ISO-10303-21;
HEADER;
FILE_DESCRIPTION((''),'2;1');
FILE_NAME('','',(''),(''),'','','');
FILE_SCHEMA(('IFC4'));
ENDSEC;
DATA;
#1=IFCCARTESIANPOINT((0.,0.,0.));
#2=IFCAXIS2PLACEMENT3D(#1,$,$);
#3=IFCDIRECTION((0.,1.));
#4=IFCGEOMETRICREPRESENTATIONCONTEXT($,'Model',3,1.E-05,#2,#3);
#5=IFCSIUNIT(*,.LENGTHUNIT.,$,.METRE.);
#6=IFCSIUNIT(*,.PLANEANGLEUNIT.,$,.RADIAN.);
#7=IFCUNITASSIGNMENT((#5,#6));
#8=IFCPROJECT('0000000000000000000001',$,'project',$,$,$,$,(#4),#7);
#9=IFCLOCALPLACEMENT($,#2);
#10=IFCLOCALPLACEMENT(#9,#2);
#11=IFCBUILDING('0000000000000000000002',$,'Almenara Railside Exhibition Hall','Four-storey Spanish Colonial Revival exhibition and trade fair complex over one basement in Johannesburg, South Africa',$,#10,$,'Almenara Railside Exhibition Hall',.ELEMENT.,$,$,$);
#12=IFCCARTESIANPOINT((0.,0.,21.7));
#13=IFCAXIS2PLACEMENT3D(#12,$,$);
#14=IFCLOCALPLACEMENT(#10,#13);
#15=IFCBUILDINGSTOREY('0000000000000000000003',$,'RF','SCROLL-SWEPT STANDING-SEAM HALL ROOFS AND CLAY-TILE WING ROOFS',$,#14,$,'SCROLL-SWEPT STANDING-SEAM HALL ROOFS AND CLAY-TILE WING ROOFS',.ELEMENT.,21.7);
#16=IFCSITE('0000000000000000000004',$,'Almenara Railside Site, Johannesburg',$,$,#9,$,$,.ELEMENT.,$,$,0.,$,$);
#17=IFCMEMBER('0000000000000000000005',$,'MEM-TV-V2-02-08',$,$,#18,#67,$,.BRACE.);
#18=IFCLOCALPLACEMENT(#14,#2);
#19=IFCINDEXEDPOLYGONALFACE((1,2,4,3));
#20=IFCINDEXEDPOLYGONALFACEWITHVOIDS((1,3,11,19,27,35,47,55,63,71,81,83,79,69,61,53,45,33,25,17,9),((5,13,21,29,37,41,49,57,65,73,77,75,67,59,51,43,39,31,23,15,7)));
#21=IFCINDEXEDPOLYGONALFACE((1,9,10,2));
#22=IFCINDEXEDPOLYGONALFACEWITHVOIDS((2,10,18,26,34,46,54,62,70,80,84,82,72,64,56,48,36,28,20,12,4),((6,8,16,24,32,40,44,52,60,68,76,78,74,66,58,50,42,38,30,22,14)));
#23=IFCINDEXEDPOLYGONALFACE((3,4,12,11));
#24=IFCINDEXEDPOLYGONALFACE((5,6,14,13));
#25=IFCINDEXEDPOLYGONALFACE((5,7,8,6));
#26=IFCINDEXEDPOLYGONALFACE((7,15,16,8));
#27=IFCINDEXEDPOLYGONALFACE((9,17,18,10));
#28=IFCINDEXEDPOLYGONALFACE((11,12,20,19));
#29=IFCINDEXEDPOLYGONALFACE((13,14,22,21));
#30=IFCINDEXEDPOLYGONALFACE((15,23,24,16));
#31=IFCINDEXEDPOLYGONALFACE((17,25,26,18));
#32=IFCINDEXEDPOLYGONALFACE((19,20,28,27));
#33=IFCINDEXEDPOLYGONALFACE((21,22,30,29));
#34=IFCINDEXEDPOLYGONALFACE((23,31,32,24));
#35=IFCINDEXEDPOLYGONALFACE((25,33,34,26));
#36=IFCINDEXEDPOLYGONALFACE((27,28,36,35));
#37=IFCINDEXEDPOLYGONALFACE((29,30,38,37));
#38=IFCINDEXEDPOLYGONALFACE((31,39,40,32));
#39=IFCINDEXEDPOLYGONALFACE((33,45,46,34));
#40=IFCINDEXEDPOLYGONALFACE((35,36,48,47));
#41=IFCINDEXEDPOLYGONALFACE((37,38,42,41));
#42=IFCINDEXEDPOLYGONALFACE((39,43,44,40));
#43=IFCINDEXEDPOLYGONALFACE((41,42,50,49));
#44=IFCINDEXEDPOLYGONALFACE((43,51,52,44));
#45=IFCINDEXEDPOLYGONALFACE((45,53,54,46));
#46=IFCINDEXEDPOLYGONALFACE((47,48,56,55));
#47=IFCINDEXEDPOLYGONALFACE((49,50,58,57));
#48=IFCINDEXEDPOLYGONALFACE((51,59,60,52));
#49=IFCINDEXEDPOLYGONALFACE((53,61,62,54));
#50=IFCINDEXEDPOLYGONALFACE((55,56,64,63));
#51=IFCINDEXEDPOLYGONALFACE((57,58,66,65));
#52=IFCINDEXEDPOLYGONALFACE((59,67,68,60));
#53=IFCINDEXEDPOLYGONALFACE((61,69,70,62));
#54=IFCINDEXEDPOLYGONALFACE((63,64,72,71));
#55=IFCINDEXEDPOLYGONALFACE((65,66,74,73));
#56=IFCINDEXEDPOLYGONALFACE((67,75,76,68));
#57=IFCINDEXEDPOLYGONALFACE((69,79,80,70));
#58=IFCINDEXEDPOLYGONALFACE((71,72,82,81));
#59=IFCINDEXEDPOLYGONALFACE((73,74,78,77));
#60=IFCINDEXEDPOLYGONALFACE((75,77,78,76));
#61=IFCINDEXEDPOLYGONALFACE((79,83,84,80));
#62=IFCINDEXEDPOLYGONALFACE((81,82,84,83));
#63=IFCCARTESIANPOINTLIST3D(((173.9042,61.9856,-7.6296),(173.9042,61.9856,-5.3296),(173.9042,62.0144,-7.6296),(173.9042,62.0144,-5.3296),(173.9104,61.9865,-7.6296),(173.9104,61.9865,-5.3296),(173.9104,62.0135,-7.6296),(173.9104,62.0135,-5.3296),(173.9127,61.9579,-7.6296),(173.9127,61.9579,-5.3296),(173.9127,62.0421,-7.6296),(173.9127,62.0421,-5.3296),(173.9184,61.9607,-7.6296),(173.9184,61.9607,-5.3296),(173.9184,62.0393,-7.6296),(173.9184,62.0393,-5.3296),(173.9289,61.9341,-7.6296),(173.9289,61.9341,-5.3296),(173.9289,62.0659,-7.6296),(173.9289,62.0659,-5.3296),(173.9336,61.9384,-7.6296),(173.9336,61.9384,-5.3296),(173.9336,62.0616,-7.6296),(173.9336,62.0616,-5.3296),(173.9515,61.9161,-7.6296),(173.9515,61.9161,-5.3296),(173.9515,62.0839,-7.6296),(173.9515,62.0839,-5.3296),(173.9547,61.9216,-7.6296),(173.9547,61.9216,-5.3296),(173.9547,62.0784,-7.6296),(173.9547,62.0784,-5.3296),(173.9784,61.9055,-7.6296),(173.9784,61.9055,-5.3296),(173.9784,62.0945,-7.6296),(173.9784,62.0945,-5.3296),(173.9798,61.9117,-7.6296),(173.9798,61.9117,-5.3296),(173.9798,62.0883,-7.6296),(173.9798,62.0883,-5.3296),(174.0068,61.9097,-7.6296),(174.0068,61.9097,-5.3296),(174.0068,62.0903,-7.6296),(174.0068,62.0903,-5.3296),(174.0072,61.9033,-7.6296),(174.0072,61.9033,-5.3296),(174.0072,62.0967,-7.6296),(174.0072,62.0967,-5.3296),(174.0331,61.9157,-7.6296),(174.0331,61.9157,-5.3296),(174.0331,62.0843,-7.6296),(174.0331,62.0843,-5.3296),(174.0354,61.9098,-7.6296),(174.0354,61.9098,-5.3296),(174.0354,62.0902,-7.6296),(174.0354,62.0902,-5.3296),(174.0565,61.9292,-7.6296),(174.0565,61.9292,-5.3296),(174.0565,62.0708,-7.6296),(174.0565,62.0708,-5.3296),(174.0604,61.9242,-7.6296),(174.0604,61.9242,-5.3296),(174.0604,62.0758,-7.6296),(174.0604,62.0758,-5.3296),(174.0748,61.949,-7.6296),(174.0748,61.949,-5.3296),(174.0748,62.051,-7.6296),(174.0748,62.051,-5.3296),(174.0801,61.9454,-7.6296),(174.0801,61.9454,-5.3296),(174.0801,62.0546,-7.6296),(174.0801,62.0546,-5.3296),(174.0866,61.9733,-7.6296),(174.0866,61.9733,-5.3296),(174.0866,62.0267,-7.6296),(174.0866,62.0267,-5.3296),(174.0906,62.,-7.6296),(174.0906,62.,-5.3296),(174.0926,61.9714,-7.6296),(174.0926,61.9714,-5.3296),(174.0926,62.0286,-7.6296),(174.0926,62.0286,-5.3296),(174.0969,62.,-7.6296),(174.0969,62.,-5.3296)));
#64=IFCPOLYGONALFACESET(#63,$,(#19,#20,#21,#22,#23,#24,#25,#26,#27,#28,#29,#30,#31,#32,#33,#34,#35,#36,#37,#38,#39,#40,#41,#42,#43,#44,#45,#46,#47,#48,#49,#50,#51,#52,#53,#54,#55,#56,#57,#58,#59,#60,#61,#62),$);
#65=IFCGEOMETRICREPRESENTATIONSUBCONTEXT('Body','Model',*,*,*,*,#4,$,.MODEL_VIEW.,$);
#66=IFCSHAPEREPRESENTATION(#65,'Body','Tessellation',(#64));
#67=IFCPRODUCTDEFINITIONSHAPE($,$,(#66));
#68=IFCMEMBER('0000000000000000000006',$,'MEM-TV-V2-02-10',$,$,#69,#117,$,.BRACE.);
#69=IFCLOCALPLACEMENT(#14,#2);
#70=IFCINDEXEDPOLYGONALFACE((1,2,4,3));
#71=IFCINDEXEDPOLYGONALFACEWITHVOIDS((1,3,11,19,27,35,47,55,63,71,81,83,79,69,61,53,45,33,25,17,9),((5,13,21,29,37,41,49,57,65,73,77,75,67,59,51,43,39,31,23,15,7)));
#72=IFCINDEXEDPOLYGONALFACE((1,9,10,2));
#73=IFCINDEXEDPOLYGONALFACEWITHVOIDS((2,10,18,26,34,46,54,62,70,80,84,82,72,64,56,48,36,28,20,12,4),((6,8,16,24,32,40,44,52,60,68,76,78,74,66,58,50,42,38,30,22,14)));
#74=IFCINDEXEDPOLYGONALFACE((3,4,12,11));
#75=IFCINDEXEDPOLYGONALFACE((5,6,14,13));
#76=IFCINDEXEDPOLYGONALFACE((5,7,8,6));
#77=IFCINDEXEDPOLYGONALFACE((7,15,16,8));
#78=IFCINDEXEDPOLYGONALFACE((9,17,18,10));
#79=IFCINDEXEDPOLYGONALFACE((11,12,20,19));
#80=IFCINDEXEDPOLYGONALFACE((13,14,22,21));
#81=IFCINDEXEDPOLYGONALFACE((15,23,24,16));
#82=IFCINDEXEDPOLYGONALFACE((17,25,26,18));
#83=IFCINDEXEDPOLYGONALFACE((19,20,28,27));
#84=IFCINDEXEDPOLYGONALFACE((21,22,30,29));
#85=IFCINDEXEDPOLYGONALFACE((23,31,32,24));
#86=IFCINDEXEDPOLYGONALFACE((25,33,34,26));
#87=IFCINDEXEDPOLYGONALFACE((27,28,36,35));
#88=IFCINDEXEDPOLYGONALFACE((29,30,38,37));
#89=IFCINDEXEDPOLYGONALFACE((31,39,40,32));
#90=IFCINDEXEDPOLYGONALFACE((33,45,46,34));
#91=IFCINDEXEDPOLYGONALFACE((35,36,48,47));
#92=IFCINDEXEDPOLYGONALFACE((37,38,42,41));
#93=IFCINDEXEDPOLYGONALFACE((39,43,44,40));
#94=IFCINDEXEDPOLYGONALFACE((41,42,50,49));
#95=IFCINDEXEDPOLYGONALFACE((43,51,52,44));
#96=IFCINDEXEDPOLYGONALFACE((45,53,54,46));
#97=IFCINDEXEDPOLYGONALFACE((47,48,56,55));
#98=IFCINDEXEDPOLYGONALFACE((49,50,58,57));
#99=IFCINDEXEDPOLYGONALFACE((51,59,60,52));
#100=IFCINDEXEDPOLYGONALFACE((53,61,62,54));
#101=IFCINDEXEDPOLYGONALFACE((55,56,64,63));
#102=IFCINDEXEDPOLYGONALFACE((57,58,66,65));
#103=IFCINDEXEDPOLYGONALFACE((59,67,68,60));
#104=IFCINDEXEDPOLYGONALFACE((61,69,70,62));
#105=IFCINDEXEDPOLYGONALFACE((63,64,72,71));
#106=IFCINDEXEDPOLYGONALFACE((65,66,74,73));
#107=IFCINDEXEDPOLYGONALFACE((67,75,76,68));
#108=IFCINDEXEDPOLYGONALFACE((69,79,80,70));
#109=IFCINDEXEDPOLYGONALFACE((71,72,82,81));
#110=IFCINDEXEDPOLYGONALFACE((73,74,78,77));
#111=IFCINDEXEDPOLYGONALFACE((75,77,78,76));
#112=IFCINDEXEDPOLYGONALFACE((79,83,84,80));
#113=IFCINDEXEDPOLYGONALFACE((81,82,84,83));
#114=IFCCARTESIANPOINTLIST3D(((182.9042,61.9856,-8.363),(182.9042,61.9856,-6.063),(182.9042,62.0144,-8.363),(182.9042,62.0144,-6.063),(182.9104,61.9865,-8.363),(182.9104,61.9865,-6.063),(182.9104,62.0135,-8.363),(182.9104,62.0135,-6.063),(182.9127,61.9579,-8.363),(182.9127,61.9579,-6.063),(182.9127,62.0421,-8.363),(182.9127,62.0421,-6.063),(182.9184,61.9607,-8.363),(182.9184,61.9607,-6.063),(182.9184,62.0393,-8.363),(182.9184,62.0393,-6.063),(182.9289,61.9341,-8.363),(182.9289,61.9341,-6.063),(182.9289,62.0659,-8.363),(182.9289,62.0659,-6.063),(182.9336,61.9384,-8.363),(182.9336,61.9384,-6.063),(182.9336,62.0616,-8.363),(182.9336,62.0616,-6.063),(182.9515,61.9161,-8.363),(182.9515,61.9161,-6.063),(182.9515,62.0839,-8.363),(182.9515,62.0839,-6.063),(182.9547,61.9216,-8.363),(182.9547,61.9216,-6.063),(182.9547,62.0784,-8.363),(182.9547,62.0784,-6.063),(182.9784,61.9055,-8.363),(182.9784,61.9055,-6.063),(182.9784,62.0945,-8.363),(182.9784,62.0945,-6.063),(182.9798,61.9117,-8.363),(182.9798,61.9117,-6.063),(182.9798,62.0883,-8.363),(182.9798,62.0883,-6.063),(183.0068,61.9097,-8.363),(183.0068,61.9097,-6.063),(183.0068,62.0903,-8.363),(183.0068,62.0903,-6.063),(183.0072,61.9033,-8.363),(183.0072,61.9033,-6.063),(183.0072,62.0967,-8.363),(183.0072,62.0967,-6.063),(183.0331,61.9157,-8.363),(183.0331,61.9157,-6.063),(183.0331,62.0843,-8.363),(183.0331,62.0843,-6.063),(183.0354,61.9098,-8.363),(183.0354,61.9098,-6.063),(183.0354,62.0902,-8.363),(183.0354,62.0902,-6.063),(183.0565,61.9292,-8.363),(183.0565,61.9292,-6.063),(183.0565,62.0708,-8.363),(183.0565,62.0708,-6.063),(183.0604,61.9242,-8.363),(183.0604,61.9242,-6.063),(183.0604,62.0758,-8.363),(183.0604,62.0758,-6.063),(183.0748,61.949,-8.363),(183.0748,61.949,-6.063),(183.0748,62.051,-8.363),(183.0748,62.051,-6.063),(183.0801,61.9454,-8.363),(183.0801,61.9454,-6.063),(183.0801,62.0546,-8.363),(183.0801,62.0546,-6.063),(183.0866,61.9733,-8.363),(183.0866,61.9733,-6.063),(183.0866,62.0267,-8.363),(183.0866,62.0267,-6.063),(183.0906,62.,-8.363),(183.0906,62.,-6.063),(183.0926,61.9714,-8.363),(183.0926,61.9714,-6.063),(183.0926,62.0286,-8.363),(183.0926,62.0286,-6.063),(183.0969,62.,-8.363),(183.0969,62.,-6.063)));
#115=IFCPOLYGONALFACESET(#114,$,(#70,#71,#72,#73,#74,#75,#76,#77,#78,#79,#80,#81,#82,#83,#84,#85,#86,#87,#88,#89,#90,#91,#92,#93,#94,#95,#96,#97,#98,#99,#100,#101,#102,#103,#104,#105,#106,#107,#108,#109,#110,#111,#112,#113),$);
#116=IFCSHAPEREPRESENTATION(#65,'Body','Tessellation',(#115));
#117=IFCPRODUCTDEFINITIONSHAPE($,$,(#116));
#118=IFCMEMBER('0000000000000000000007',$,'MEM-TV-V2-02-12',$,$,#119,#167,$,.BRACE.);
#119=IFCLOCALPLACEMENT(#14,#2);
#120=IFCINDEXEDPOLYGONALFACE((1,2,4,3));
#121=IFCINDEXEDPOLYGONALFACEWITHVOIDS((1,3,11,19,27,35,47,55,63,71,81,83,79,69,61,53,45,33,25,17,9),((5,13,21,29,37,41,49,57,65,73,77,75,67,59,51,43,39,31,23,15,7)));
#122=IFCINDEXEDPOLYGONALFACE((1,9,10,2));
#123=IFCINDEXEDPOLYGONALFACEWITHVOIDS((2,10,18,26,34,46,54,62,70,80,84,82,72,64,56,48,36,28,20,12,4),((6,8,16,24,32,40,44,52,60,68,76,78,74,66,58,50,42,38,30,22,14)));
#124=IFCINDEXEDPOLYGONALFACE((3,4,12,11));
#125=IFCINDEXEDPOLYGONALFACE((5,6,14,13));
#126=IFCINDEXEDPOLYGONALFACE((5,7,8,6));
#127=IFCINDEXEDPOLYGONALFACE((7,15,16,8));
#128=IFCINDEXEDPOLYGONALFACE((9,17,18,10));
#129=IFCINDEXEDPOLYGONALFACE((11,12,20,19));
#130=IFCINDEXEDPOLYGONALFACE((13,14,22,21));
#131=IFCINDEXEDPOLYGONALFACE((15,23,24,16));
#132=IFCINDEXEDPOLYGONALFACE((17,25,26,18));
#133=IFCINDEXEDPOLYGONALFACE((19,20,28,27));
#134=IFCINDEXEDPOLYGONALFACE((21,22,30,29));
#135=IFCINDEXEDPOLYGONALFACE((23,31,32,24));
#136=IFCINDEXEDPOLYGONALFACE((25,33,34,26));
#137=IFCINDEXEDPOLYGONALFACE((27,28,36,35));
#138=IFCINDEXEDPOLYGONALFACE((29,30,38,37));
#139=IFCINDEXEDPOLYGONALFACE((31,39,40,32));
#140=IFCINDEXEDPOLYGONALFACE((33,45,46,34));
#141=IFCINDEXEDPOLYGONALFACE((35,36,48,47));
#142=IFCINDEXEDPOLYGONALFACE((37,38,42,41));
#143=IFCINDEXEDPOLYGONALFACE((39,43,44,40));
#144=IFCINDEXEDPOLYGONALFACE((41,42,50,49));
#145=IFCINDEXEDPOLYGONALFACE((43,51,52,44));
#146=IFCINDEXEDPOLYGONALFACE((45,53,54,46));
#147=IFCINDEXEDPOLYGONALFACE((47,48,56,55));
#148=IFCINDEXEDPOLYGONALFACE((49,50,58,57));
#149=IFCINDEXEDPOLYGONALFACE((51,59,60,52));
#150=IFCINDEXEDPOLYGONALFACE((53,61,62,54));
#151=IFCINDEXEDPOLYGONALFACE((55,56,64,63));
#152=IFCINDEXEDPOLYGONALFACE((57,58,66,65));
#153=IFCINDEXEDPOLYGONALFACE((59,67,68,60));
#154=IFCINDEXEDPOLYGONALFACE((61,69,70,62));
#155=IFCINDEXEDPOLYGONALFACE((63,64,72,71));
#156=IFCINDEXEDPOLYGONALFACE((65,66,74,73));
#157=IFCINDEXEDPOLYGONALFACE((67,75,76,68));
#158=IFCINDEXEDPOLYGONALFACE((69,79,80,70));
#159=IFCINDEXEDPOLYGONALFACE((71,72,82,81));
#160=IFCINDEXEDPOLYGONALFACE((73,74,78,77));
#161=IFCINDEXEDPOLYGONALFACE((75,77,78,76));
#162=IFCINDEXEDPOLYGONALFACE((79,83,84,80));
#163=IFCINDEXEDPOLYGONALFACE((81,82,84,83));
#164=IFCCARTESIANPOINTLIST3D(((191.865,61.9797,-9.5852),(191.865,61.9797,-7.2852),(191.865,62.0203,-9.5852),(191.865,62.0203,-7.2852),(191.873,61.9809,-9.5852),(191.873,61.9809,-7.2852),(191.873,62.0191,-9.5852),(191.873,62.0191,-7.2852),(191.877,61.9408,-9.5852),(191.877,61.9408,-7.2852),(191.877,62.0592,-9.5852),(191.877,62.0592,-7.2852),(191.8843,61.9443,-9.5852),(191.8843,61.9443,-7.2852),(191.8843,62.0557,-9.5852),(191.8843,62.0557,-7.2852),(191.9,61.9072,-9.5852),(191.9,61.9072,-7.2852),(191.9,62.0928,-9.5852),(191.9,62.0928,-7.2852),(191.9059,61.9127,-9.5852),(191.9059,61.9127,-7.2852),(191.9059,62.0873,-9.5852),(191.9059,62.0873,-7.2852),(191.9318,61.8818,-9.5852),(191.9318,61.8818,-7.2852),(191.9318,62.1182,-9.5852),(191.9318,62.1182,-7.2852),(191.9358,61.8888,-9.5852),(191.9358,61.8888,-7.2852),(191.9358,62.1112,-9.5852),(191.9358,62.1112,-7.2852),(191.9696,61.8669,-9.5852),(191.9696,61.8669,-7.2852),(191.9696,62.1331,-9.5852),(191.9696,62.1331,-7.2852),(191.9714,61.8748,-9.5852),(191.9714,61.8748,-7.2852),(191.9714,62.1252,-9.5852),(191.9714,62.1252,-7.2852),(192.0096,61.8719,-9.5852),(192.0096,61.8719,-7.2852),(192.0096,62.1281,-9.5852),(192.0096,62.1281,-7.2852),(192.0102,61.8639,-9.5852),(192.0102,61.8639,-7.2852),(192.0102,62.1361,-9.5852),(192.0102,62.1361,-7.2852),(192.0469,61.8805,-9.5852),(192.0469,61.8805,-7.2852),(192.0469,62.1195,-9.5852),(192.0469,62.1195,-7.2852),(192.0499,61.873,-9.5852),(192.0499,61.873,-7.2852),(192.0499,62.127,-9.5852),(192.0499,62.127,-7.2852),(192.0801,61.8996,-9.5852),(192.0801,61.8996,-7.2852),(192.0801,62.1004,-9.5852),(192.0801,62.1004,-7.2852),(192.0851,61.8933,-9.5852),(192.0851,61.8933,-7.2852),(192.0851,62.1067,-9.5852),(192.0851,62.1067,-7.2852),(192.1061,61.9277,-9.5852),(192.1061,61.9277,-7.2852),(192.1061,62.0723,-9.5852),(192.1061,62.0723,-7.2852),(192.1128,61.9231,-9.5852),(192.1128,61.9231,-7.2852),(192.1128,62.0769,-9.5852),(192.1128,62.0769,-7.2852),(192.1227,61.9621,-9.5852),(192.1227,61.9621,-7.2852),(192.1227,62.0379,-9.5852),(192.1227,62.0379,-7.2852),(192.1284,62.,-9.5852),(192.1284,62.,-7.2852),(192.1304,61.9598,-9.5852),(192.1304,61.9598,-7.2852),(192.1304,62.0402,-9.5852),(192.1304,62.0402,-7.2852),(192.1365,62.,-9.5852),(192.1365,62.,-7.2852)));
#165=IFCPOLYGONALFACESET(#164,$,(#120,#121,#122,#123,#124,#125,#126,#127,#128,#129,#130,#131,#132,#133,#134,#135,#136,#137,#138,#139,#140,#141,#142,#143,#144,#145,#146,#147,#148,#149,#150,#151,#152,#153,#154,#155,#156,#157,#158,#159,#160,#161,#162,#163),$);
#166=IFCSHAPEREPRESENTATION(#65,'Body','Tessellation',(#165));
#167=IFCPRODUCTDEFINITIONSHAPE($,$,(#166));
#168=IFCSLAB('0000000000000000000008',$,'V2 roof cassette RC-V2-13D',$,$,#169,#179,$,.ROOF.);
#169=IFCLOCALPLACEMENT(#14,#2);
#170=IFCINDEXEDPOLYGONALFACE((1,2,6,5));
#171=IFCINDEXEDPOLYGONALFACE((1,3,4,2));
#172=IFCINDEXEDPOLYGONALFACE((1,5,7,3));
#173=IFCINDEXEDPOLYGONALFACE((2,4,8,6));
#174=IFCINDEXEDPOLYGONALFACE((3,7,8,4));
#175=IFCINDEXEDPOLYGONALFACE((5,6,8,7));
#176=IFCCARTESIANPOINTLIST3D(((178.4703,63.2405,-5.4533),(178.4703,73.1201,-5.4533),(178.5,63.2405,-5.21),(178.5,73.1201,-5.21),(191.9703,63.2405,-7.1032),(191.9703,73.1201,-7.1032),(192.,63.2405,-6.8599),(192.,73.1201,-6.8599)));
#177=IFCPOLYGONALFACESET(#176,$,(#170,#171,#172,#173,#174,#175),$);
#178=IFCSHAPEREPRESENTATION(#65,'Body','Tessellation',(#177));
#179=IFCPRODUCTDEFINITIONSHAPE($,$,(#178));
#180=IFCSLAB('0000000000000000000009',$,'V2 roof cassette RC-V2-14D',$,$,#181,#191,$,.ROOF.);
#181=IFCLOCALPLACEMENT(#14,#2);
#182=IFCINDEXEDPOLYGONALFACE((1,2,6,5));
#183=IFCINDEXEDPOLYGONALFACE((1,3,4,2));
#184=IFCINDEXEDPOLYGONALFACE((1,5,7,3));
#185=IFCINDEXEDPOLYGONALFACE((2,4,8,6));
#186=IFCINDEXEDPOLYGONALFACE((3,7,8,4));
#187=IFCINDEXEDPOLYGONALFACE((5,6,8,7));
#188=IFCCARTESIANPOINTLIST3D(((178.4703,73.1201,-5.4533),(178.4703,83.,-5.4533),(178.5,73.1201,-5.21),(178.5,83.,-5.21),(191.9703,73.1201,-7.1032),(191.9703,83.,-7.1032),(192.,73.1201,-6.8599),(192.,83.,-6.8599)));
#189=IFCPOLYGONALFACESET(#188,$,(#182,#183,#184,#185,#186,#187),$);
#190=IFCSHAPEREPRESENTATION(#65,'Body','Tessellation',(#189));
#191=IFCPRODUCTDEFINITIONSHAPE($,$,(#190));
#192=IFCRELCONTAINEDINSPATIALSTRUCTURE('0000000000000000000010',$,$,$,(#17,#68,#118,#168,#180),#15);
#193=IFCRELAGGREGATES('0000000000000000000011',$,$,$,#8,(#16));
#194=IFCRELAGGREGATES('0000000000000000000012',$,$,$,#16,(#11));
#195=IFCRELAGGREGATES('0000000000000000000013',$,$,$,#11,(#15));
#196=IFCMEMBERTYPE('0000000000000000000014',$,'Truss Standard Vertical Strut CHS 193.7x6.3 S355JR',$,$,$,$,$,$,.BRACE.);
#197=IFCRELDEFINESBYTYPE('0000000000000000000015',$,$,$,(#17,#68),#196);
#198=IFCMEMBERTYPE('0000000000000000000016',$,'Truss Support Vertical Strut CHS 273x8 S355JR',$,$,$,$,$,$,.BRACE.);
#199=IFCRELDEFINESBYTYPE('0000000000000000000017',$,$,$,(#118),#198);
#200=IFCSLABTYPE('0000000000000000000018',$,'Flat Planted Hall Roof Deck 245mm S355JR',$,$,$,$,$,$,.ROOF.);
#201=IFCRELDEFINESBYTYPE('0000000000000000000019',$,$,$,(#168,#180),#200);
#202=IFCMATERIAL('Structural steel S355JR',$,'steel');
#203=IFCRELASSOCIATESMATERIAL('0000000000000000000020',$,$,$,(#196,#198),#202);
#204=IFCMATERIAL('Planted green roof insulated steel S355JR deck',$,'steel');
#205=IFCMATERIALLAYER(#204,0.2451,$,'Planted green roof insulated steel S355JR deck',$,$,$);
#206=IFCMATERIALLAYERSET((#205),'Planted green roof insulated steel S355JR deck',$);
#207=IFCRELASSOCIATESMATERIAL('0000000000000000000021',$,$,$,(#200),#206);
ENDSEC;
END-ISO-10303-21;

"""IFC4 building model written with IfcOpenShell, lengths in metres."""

from ifc_helpers import new_model, si_unit, direction, frame, origin, origin_2d, place, context, subcontext, project, spatial, polyline, hollow_circle, outline, extrude, material, layer, layer_set, material_profile, profile_set, type_object, element, save


model = new_model("IFC4")

# Units and contexts
model_context = context("Model", 3, precision=1e-05, world=origin(), true_north=direction((0.0, 1.0)))
body_context = subcontext(model_context, "Body", "Model", "MODEL_VIEW")
ifc_project = project(units=[si_unit("LENGTHUNIT", "METRE"), si_unit("PLANEANGLEUNIT", "RADIAN")], contexts=[model_context])

# Site, building, storey
site_placement = place(None, origin())
site = spatial("IfcSite", under=ifc_project, at=site_placement, Name="Almenara Railside Site, Johannesburg", CompositionType="ELEMENT", RefElevation=0.0)
building_placement = place(site_placement, origin())
building = spatial("IfcBuilding", under=site, at=building_placement, Name="Almenara Railside Exhibition Hall", Description="Four-storey Spanish Colonial Revival exhibition and trade fair complex over one basement in Johannesburg, South Africa", LongName="Almenara Railside Exhibition Hall", CompositionType="ELEMENT")
storey_placement = place(building_placement, frame((0.0, 0.0, 21.7)))
storey = spatial("IfcBuildingStorey", under=building, at=storey_placement, Name="RF", Description="SCROLL-SWEPT STANDING-SEAM HALL ROOFS AND CLAY-TILE WING ROOFS", LongName="SCROLL-SWEPT STANDING-SEAM HALL ROOFS AND CLAY-TILE WING ROOFS", CompositionType="ELEMENT", Elevation=21.7)

# Shared definitions
ifc_material_1 = material(Name="Structural steel S355JR", Category="steel")

# Members
ifc_material_profile_1 = material_profile(ifc_material_1, hollow_circle(Radius=0.0969, WallThickness=0.0063, at=origin_2d()), Name="CHS 193.7x6.3")
ifc_profile_set_1 = profile_set([ifc_material_profile_1], Name="Structural steel S355JR")
member_type_1 = type_object("IfcMemberType", Name="Truss Standard Vertical Strut CHS 193.7x6.3 S355JR", PredefinedType="BRACE", material=ifc_profile_set_1)
for number, where, z_axis, x_axis, name in (
    (1, (174.0, 62.0, -7.6296), (0.0, 0.0, 1.0), (1.0, 0.0, 0.0), "MEM-TV-V2-02-08"),
    (2, (183.0, 62.0, -8.363), (0.0, 0.0, 1.0), (1.0, 0.0, 0.0), "MEM-TV-V2-02-10"),
):
    element("IfcMember", number, at=place(storey_placement, frame(where, z_axis=z_axis, x_axis=x_axis)), inside=storey, type_object=member_type_1, Name=name, PredefinedType="BRACE", context=body_context, shape_type="SweptSolid", body=[
        extrude(hollow_circle(Radius=0.0969, WallThickness=0.0063, at=origin_2d()), origin(), (0.0, 0.0, 1.0), 2.3),
    ])
ifc_material_profile_2 = material_profile(ifc_material_1, hollow_circle(Radius=0.1365, WallThickness=0.0081, at=origin_2d()), Name="CHS 273x8")
ifc_profile_set_2 = profile_set([ifc_material_profile_2], Name="Structural steel S355JR")
member_type_2 = type_object("IfcMemberType", Name="Truss Support Vertical Strut CHS 273x8 S355JR", PredefinedType="BRACE", material=ifc_profile_set_2)
member_1_placement = place(storey_placement, frame((192.0, 62.0, -9.5852), z_axis=(0.0, 0.0, 1.0), x_axis=(1.0, 0.0, 0.0)))
element("IfcMember", 3, at=member_1_placement, inside=storey, type_object=member_type_2, Name="MEM-TV-V2-02-12", PredefinedType="BRACE", context=body_context, shape_type="SweptSolid", body=[
    extrude(hollow_circle(Radius=0.1365, WallThickness=0.0081, at=origin_2d()), origin(), (0.0, 0.0, 1.0), 2.3),
])

# Slabs
ifc_material_2 = material(Name="Planted green roof insulated steel S355JR deck", Category="steel")
ifc_layer_1 = layer(ifc_material_2, 0.2451, Name="Planted green roof insulated steel S355JR deck")
ifc_layer_set_1 = layer_set([ifc_layer_1], Name="Planted green roof insulated steel S355JR deck")
slab_type = type_object("IfcSlabType", Name="Flat Planted Hall Roof Deck 245mm S355JR", PredefinedType="ROOF", material=ifc_layer_set_1)
slab_1_placement = place(storey_placement, frame((178.5, 63.2405, -5.21), z_axis=(0.121312, 0.0, 0.992614), x_axis=(0.992614, 0.0, -0.121312)))
element("IfcSlab", 4, at=slab_1_placement, inside=storey, type_object=slab_type, Name="V2 roof cassette RC-V2-13D", PredefinedType="ROOF", context=body_context, shape_type="SweptSolid", body=[
    extrude(outline(polyline([(0.0, 0.0), (13.6004, 0.0), (13.6004, 9.8796), (0.0, 9.8796), (0.0, 0.0)])), origin(), (0.0, 0.0, -1.0), 0.2451),
])
slab_2_placement = place(storey_placement, frame((178.5, 73.1201, -5.21), z_axis=(0.121312, 0.0, 0.992614), x_axis=(0.992614, 0.0, -0.121312)))
element("IfcSlab", 5, at=slab_2_placement, inside=storey, type_object=slab_type, Name="V2 roof cassette RC-V2-14D", PredefinedType="ROOF", context=body_context, shape_type="SweptSolid", body=[
    extrude(outline(polyline([(0.0, 0.0), (13.6004, 0.0), (13.6004, 9.8799), (0.0, 9.8799), (0.0, 0.0)])), origin(), (0.0, 0.0, -1.0), 0.2451),
])

save(model, "model.ifc")
